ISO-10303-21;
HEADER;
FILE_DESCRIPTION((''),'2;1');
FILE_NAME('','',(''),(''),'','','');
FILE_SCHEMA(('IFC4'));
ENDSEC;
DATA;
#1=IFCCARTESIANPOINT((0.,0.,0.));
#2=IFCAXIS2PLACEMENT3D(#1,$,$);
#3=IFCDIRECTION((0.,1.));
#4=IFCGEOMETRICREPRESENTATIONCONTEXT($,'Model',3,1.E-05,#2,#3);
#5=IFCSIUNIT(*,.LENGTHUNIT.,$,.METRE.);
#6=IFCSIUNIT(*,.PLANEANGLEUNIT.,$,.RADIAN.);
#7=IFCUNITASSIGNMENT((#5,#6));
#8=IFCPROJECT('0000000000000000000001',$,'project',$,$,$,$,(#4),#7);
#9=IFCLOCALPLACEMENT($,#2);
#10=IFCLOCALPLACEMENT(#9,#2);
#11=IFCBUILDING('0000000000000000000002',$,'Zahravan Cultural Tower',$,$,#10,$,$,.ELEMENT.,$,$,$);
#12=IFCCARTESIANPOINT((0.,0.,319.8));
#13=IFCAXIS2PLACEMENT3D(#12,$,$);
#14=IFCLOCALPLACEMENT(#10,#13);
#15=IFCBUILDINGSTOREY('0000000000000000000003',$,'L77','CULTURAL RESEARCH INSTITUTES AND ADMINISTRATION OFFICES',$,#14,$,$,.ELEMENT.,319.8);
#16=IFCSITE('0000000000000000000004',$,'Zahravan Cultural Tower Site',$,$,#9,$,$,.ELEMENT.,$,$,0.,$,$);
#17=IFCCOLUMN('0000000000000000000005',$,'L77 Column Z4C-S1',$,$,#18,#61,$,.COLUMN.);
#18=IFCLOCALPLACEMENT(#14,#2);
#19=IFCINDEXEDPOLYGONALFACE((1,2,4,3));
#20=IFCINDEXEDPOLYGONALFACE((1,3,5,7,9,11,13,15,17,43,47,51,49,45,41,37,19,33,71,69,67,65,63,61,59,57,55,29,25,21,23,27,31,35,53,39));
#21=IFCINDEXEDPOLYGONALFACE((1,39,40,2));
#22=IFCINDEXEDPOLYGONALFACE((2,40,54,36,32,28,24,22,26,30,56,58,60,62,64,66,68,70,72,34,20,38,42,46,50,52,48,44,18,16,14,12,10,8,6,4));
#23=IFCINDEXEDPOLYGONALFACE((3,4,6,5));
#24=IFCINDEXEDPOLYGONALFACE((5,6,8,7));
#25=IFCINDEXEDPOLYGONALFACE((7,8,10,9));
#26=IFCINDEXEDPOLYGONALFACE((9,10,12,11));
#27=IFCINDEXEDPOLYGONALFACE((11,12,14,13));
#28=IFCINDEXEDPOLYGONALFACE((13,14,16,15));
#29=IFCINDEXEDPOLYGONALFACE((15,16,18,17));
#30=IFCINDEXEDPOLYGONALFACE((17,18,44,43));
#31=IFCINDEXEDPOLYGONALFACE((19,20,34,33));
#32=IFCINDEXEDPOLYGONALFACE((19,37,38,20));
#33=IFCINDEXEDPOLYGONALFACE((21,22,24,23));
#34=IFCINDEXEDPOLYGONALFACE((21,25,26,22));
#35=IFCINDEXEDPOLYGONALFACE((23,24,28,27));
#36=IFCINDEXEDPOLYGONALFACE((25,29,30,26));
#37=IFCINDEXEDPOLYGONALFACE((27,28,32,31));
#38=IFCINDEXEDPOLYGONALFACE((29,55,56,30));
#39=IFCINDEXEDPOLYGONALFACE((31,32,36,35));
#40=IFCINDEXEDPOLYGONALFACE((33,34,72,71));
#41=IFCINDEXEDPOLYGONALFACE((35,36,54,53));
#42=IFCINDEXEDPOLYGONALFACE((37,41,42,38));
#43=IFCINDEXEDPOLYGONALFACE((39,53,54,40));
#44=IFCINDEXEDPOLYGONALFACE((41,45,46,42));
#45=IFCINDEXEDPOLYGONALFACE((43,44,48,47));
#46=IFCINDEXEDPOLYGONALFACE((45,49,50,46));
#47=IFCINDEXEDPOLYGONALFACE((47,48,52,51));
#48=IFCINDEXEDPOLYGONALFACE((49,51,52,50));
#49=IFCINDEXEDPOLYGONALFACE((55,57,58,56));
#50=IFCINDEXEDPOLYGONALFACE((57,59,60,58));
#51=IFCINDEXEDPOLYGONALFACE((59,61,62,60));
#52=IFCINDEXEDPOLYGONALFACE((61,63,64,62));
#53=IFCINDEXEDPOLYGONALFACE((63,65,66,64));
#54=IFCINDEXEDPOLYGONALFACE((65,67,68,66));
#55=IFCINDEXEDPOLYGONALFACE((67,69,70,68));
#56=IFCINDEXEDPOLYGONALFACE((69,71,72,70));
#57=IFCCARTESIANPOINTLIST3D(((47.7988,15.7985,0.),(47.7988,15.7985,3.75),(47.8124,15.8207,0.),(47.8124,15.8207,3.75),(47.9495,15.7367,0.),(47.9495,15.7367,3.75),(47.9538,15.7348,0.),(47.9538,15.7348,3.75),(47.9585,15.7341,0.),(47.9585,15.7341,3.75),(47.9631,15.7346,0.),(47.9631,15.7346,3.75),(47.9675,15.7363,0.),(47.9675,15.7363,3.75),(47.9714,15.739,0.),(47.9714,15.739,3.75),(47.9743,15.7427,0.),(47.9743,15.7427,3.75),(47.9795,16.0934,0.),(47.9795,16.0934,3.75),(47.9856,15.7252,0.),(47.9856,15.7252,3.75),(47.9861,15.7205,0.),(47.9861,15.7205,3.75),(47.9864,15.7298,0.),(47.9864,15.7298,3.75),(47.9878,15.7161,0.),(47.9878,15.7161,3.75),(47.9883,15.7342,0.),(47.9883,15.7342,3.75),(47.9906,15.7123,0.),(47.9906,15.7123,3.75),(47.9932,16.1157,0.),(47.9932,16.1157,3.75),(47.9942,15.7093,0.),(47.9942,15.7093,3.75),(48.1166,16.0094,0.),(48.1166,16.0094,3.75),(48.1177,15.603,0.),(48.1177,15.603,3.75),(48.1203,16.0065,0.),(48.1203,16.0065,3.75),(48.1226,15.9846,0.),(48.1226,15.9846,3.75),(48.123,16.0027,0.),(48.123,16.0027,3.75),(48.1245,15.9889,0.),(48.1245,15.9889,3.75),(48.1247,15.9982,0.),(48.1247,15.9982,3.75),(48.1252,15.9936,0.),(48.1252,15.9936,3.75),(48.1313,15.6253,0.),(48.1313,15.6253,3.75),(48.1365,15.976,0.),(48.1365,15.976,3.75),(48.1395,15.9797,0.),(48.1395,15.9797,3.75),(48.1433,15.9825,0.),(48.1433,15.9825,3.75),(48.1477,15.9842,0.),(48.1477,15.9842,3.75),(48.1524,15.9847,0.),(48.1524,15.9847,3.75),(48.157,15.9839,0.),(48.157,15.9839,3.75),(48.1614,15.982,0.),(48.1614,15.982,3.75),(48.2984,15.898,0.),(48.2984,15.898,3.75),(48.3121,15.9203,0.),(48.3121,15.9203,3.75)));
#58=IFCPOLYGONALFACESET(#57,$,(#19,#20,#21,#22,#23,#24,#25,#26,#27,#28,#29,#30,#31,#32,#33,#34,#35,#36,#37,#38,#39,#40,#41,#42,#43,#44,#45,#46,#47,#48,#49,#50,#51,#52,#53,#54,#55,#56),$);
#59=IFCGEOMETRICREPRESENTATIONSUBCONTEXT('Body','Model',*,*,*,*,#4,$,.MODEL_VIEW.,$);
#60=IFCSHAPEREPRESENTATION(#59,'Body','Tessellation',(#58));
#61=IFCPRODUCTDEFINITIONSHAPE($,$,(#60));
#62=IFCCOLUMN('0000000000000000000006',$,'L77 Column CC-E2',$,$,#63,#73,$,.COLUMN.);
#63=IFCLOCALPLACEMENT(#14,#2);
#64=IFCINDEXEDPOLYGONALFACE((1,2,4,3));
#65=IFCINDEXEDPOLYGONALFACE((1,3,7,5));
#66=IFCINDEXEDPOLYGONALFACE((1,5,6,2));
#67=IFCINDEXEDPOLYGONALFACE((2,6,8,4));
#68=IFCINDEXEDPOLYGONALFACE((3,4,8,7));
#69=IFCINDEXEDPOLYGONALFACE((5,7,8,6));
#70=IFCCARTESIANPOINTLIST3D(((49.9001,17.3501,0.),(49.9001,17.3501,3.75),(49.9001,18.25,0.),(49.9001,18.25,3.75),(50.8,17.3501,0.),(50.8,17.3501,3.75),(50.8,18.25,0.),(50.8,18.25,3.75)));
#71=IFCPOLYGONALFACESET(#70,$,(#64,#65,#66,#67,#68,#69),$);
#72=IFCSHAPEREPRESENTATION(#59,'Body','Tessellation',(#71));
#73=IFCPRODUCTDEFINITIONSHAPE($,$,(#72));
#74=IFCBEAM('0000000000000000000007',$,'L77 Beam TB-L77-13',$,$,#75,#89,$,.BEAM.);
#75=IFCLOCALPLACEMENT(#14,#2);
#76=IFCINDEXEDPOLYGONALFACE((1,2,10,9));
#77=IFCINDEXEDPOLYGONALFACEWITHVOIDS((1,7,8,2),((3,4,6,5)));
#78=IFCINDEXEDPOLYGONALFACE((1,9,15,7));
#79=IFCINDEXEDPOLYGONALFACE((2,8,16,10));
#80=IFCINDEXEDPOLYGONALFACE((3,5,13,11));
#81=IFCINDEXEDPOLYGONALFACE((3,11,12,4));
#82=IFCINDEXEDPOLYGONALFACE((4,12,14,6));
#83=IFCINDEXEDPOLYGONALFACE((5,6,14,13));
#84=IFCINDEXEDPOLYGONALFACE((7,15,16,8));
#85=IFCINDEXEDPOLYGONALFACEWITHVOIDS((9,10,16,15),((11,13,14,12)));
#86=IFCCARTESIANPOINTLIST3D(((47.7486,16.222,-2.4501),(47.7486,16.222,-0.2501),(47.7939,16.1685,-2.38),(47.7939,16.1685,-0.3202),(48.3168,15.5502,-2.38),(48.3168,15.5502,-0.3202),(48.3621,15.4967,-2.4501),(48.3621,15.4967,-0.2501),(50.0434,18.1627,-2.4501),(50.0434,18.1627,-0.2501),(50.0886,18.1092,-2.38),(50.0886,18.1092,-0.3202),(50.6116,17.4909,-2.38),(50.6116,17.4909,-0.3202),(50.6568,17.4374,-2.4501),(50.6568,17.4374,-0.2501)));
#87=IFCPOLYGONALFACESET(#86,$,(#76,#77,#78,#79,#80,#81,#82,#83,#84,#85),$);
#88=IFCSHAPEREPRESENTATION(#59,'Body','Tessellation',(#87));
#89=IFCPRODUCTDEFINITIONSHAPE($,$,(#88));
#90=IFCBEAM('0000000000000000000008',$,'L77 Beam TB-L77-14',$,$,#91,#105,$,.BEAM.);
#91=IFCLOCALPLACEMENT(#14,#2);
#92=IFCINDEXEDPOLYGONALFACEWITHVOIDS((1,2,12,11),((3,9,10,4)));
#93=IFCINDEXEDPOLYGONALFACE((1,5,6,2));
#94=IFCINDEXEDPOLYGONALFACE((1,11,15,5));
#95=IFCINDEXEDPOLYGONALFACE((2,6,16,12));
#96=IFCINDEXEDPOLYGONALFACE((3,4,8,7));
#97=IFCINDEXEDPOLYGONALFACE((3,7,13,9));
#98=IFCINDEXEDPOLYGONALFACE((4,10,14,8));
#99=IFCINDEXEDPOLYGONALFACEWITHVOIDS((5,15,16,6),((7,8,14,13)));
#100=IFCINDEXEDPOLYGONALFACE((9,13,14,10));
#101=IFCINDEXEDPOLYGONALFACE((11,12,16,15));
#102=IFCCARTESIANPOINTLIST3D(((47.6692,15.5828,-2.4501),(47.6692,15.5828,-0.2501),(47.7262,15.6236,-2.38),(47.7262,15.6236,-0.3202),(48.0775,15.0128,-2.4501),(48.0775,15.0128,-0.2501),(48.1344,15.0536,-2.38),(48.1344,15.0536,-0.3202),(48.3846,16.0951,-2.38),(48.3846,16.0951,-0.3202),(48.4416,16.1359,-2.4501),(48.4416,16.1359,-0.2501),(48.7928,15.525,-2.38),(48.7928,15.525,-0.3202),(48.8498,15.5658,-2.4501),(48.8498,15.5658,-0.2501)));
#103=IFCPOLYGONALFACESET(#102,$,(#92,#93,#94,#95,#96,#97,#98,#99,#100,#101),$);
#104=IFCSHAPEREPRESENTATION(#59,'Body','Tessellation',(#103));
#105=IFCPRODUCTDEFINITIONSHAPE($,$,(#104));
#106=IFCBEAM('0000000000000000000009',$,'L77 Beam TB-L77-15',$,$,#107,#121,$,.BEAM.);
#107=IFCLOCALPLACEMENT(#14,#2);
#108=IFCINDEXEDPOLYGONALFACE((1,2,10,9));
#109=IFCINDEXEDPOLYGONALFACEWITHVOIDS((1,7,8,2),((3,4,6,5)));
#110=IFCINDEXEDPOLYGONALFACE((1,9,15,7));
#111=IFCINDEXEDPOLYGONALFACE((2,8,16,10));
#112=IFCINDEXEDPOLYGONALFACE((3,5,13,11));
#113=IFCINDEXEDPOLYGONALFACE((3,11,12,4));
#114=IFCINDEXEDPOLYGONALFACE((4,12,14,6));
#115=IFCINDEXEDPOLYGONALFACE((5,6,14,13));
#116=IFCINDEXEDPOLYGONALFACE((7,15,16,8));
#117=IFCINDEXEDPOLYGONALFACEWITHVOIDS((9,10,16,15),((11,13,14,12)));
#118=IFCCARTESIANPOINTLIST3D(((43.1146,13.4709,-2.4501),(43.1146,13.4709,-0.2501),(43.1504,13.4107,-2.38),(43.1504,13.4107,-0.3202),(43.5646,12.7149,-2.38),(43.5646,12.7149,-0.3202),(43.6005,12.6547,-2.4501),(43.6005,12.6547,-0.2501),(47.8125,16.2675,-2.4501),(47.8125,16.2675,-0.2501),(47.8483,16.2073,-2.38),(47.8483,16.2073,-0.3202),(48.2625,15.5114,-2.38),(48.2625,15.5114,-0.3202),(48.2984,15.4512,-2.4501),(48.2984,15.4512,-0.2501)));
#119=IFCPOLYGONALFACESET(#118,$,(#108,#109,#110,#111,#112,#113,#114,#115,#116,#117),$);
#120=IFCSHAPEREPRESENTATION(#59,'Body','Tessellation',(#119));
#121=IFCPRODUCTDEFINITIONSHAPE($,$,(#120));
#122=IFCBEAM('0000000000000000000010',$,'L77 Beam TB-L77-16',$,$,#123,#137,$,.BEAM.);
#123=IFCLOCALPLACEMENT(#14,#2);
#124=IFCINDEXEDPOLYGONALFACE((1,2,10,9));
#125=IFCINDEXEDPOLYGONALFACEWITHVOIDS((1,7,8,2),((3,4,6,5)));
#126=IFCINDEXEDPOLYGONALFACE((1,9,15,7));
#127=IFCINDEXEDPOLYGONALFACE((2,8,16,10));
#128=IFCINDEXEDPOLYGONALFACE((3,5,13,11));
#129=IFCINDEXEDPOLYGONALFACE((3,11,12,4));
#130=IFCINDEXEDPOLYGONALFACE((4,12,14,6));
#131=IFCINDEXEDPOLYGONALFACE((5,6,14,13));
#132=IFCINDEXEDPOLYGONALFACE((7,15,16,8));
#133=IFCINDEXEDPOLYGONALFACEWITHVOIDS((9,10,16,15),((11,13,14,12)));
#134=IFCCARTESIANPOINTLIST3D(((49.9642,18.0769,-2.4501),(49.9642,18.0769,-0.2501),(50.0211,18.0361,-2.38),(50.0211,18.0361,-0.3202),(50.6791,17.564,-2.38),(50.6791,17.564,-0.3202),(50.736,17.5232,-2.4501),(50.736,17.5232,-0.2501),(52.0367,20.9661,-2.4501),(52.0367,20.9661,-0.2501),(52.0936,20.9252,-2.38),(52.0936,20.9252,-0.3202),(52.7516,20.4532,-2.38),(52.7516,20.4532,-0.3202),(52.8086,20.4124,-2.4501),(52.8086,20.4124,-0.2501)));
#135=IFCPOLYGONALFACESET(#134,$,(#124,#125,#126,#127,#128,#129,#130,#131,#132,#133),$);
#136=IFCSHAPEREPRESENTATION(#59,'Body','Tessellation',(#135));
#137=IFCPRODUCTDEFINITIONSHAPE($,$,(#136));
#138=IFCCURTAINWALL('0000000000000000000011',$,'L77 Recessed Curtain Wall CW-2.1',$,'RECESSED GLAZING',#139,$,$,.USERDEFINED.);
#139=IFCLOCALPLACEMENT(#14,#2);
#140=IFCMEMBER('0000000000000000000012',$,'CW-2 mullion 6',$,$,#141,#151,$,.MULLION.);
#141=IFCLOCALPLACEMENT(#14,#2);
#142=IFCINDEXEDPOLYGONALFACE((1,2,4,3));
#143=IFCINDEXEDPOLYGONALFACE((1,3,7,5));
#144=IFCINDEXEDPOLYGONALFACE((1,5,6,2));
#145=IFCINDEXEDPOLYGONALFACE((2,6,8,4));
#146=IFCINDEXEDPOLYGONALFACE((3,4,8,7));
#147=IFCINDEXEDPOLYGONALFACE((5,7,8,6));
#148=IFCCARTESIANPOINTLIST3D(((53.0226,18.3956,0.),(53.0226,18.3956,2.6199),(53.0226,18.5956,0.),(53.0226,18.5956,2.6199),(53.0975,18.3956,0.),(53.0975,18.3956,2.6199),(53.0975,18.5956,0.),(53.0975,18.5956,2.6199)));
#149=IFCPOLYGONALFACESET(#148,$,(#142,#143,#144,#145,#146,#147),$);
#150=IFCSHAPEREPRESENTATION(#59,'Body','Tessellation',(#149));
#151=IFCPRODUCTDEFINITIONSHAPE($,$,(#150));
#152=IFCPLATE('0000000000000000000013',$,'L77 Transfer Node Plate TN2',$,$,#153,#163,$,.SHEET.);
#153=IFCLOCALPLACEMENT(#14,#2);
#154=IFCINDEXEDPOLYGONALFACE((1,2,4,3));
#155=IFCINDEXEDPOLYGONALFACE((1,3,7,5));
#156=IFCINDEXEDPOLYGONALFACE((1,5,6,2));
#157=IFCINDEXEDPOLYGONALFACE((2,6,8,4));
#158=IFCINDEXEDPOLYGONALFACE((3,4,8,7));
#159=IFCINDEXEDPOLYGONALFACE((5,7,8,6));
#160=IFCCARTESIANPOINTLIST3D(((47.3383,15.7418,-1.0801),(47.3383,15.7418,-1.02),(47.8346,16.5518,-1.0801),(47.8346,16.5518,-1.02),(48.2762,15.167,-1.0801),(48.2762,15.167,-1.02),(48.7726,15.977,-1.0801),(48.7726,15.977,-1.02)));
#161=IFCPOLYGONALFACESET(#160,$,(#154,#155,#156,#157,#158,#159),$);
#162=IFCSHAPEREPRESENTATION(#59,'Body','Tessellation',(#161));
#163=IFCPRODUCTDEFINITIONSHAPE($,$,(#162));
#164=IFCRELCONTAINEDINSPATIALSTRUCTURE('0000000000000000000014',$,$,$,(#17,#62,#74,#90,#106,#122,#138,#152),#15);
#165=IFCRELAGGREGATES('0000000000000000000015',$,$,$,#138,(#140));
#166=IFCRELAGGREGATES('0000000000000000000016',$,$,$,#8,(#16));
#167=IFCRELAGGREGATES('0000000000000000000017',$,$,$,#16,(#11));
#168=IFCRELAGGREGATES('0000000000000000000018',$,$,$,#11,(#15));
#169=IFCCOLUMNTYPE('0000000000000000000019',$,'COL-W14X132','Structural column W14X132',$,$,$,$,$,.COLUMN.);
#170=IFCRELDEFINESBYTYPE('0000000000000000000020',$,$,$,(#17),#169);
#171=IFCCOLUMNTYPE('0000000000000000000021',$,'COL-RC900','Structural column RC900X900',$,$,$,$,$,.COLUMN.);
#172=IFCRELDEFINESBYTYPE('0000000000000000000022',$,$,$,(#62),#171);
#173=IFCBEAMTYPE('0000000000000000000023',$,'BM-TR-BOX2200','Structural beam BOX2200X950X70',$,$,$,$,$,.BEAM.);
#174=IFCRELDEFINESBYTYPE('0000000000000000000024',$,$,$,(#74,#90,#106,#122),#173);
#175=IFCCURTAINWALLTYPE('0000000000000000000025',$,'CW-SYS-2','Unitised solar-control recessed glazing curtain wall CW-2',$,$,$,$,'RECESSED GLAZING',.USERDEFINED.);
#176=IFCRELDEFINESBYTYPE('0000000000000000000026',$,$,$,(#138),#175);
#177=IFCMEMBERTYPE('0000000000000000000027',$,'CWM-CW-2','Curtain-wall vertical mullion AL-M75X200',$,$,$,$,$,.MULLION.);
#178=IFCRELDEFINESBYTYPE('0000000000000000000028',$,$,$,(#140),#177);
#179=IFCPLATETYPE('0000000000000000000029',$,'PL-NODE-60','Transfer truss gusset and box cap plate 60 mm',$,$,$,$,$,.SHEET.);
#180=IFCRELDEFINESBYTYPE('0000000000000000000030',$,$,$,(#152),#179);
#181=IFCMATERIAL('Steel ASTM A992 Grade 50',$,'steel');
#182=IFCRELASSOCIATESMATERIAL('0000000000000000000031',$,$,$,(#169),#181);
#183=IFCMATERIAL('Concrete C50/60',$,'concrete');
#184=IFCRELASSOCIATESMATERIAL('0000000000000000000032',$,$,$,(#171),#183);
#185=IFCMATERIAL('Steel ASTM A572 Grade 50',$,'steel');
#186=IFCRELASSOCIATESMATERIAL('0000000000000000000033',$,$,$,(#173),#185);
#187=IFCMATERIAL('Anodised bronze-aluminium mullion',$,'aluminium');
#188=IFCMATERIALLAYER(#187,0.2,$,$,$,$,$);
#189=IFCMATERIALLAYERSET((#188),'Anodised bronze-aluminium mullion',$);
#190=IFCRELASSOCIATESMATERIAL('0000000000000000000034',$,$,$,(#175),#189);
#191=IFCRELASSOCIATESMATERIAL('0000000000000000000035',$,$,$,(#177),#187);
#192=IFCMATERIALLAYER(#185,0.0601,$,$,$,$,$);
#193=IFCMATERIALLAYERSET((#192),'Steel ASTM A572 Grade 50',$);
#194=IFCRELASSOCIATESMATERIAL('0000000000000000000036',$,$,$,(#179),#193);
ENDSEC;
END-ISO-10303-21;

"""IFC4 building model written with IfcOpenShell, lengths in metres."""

from ifc_helpers import new_model, si_unit, direction, frame, origin, origin_2d, place, context, subcontext, project, spatial, rectangle, hollow_rectangle, i_section, extrude, source, transform, mapped, material, layer, layer_set, material_profile, profile_set, type_object, element, aggregate, save


model = new_model("IFC4")

# Units and contexts
model_context = context("Model", 3, precision=1e-05, world=origin(), true_north=direction((0.0, 1.0)))
body_context = subcontext(model_context, "Body", "Model", "MODEL_VIEW")
ifc_project = project(units=[si_unit("LENGTHUNIT", "METRE"), si_unit("PLANEANGLEUNIT", "RADIAN")], contexts=[model_context])

# Site, building, storey
site_placement = place(None, origin())
site = spatial("IfcSite", under=ifc_project, at=site_placement, Name="Zahravan Cultural Tower Site", CompositionType="ELEMENT", RefElevation=0.0)
building_placement = place(site_placement, origin())
building = spatial("IfcBuilding", under=site, at=building_placement, Name="Zahravan Cultural Tower", CompositionType="ELEMENT")
storey_placement = place(building_placement, frame((0.0, 0.0, 319.8)))
storey = spatial("IfcBuildingStorey", under=building, at=storey_placement, Name="L77", Description="CULTURAL RESEARCH INSTITUTES AND ADMINISTRATION OFFICES", CompositionType="ELEMENT", Elevation=319.8)

# Columns
ifc_material_1 = material(Name="Steel ASTM A992 Grade 50", Category="steel")
ifc_material_profile_1 = material_profile(ifc_material_1, i_section(OverallWidth=0.374, OverallDepth=0.3721, WebThickness=0.0164, FlangeThickness=0.0261, FilletRadius=0.0181, at=origin_2d()), Name="W14X132")
ifc_profile_set_1 = profile_set([ifc_material_profile_1], Name="Steel ASTM A992 Grade 50")
column_type_1 = type_object("IfcColumnType", Name="COL-W14X132", Description="Structural column W14X132", PredefinedType="COLUMN", material=ifc_profile_set_1)
shared_shape_1 = source(origin(), body_context, "Body", "SweptSolid", [
    extrude(i_section(OverallWidth=0.374, OverallDepth=0.3721, WebThickness=0.0164, FlangeThickness=0.0261, FilletRadius=0.0181, at=origin_2d()), origin(), (0.0, 0.0, 1.0), 3.75),
])
column_1_placement = place(storey_placement, frame((48.0554, 15.8594, 0.0), z_axis=(0.0, 0.0, 1.0), x_axis=(-0.85264, 0.522499, 0.0)))
element("IfcColumn", 1, at=column_1_placement, inside=storey, type_object=column_type_1, Name="L77 Column Z4C-S1", PredefinedType="COLUMN", context=body_context, shape_type="MappedRepresentation", body=[
    mapped(shared_shape_1, transform((0.0, 0.0, 0.0), x_axis=(1.0, 0.0, 0.0), y_axis=(0.0, 1.0, 0.0), z_axis=(0.0, 0.0, 1.0), scale=1.0)),
])
ifc_material_2 = material(Name="Concrete C50/60", Category="concrete")
ifc_material_profile_2 = material_profile(ifc_material_2, rectangle(XDim=0.8999, YDim=0.8999, at=origin_2d()), Name="RC900X900")
ifc_profile_set_2 = profile_set([ifc_material_profile_2], Name="Concrete C50/60")
column_type_2 = type_object("IfcColumnType", Name="COL-RC900", Description="Structural column RC900X900", PredefinedType="COLUMN", material=ifc_profile_set_2)
shared_shape_2 = source(origin(), body_context, "Body", "SweptSolid", [
    extrude(rectangle(XDim=0.8999, YDim=0.8999, at=origin_2d()), origin(), (0.0, 0.0, 1.0), 3.75),
])
column_2_placement = place(storey_placement, frame((50.3501, 17.8, 0.0), z_axis=(0.0, 0.0, 1.0), x_axis=(1.0, 0.0, 0.0)))
element("IfcColumn", 2, at=column_2_placement, inside=storey, type_object=column_type_2, Name="L77 Column CC-E2", PredefinedType="COLUMN", context=body_context, shape_type="MappedRepresentation", body=[
    mapped(shared_shape_2, transform((0.0, 0.0, 0.0), x_axis=(1.0, 0.0, 0.0), y_axis=(0.0, 1.0, 0.0), z_axis=(0.0, 0.0, 1.0), scale=1.0)),
])

# Beams
ifc_material_3 = material(Name="Steel ASTM A572 Grade 50", Category="steel")
ifc_material_profile_3 = material_profile(ifc_material_3, hollow_rectangle(XDim=0.95, YDim=2.2, WallThickness=0.0701, at=origin_2d()), Name="BOX2200X950X70")
ifc_profile_set_3 = profile_set([ifc_material_profile_3], Name="Steel ASTM A572 Grade 50")
beam_type = type_object("IfcBeamType", Name="BM-TR-BOX2200", Description="Structural beam BOX2200X950X70", PredefinedType="BEAM", material=ifc_profile_set_3)
shared_shape_3 = source(origin(), body_context, "Body", "SweptSolid", [
    extrude(hollow_rectangle(XDim=0.95, YDim=2.2, WallThickness=0.0701, at=origin_2d()), origin(), (0.0, 0.0, 1.0), 3.0054),
])
beam_1_placement = place(storey_placement, frame((50.3501, 17.8, -1.3501), z_axis=(-0.763546, -0.645753, 0.0), x_axis=(0.645753, -0.763546, 0.0)))
element("IfcBeam", 3, at=beam_1_placement, inside=storey, type_object=beam_type, Name="L77 Beam TB-L77-13", PredefinedType="BEAM", context=body_context, shape_type="MappedRepresentation", body=[
    mapped(shared_shape_3, transform((0.0, 0.0, 0.0), x_axis=(1.0, 0.0, 0.0), y_axis=(0.0, 1.0, 0.0), z_axis=(0.0, 0.0, 1.0), scale=1.0)),
])
shared_shape_4 = source(origin(), body_context, "Body", "SweptSolid", [
    extrude(hollow_rectangle(XDim=0.95, YDim=2.2, WallThickness=0.0701, at=origin_2d()), origin(), (0.0, 0.0, 1.0), 0.7012),
])
beam_2_placement = place(storey_placement, frame((48.0554, 15.8594, -1.3501), z_axis=(0.582193, -0.813051, 0.0), x_axis=(0.813051, 0.582193, 0.0)))
element("IfcBeam", 4, at=beam_2_placement, inside=storey, type_object=beam_type, Name="L77 Beam TB-L77-14", PredefinedType="BEAM", context=body_context, shape_type="MappedRepresentation", body=[
    mapped(shared_shape_4, transform((0.0, 0.0, 0.0), x_axis=(1.0, 0.0, 0.0), y_axis=(0.0, 1.0, 0.0), z_axis=(0.0, 0.0, 1.0), scale=1.0)),
])
shared_shape_5 = source(origin(), body_context, "Body", "SweptSolid", [
    extrude(hollow_rectangle(XDim=0.95, YDim=2.2, WallThickness=0.0701, at=origin_2d()), origin(), (0.0, 0.0, 1.0), 5.4673),
])
beam_3_placement = place(storey_placement, frame((48.0554, 15.8594, -1.3501), z_axis=(-0.859277, -0.511511, 0.0), x_axis=(0.511511, -0.859277, 0.0)))
element("IfcBeam", 5, at=beam_3_placement, inside=storey, type_object=beam_type, Name="L77 Beam TB-L77-15", PredefinedType="BEAM", context=body_context, shape_type="MappedRepresentation", body=[
    mapped(shared_shape_5, transform((0.0, 0.0, 0.0), x_axis=(1.0, 0.0, 0.0), y_axis=(0.0, 1.0, 0.0), z_axis=(0.0, 0.0, 1.0), scale=1.0)),
])
shared_shape_6 = source(origin(), body_context, "Body", "SweptSolid", [
    extrude(hollow_rectangle(XDim=0.95, YDim=2.2, WallThickness=0.0701, at=origin_2d()), origin(), (0.0, 0.0, 1.0), 3.5557),
])
beam_4_placement = place(storey_placement, frame((50.3501, 17.8, -1.3501), z_axis=(0.58288, 0.812558, 0.0), x_axis=(-0.812558, 0.58288, 0.0)))
element("IfcBeam", 6, at=beam_4_placement, inside=storey, type_object=beam_type, Name="L77 Beam TB-L77-16", PredefinedType="BEAM", context=body_context, shape_type="MappedRepresentation", body=[
    mapped(shared_shape_6, transform((0.0, 0.0, 0.0), x_axis=(1.0, 0.0, 0.0), y_axis=(0.0, 1.0, 0.0), z_axis=(0.0, 0.0, 1.0), scale=1.0)),
])

# Curtain wall, member
ifc_material_4 = material(Name="Anodised bronze-aluminium mullion", Category="aluminium")
ifc_layer_1 = layer(ifc_material_4, 0.2)
ifc_layer_set_1 = layer_set([ifc_layer_1], Name="Anodised bronze-aluminium mullion")
curtain_wall_type = type_object("IfcCurtainWallType", Name="CW-SYS-2", Description="Unitised solar-control recessed glazing curtain wall CW-2", ElementType="RECESSED GLAZING", PredefinedType="USERDEFINED", material=ifc_layer_set_1)
curtain_wall_placement = place(storey_placement, origin())
curtain_wall = element("IfcCurtainWall", 7, at=curtain_wall_placement, inside=storey, type_object=curtain_wall_type, Name="L77 Recessed Curtain Wall CW-2.1", ObjectType="RECESSED GLAZING", PredefinedType="USERDEFINED")
ifc_material_profile_4 = material_profile(ifc_material_4, rectangle(XDim=0.075, YDim=0.2, at=origin_2d()), Name="AL-M75X200")
ifc_profile_set_4 = profile_set([ifc_material_profile_4], Name="Anodised bronze-aluminium mullion")
member_type = type_object("IfcMemberType", Name="CWM-CW-2", Description="Curtain-wall vertical mullion AL-M75X200", PredefinedType="MULLION", material=ifc_profile_set_4)
shared_shape_7 = source(origin(), body_context, "Body", "SweptSolid", [
    extrude(rectangle(XDim=0.075, YDim=0.2, at=origin_2d()), origin(), (0.0, 0.0, 1.0), 2.6199),
])
member_placement = place(storey_placement, frame((53.0601, 18.4956, 0.0), z_axis=(0.0, 0.0, 1.0), x_axis=(1.0, 0.0, 0.0)))
member = element("IfcMember", 8, at=member_placement, type_object=member_type, Name="CW-2 mullion 6", PredefinedType="MULLION", context=body_context, shape_type="MappedRepresentation", body=[
    mapped(shared_shape_7, transform((0.0, 0.0, 0.0), x_axis=(1.0, 0.0, 0.0), y_axis=(0.0, 1.0, 0.0), z_axis=(0.0, 0.0, 1.0), scale=1.0)),
])

# Plate
ifc_layer_2 = layer(ifc_material_3, 0.0601)
ifc_layer_set_2 = layer_set([ifc_layer_2], Name="Steel ASTM A572 Grade 50")
plate_type_1 = type_object("IfcPlateType", Name="PL-NODE-60", Description="Transfer truss gusset and box cap plate 60 mm", PredefinedType="SHEET", material=ifc_layer_set_2)
shared_shape_8 = source(origin(), body_context, "Body", "SweptSolid", [
    extrude(rectangle(XDim=1.1001, YDim=0.95, at=origin_2d()), origin(), (0.0, 0.0, 1.0), 0.0601),
])
plate_1_placement = place(storey_placement, frame((48.0554, 15.8594, -1.0801), z_axis=(0.0, 0.0, 1.0), x_axis=(-0.85264, 0.522499, 0.0)))
element("IfcPlate", 9, at=plate_1_placement, inside=storey, type_object=plate_type_1, Name="L77 Transfer Node Plate TN2", PredefinedType="SHEET", context=body_context, shape_type="MappedRepresentation", body=[
    mapped(shared_shape_8, transform((0.0, 0.0, 0.0), x_axis=(1.0, 0.0, 0.0), y_axis=(0.0, 1.0, 0.0), z_axis=(0.0, 0.0, 1.0), scale=1.0)),
])
aggregate(curtain_wall, [member])

save(model, "model.ifc")
